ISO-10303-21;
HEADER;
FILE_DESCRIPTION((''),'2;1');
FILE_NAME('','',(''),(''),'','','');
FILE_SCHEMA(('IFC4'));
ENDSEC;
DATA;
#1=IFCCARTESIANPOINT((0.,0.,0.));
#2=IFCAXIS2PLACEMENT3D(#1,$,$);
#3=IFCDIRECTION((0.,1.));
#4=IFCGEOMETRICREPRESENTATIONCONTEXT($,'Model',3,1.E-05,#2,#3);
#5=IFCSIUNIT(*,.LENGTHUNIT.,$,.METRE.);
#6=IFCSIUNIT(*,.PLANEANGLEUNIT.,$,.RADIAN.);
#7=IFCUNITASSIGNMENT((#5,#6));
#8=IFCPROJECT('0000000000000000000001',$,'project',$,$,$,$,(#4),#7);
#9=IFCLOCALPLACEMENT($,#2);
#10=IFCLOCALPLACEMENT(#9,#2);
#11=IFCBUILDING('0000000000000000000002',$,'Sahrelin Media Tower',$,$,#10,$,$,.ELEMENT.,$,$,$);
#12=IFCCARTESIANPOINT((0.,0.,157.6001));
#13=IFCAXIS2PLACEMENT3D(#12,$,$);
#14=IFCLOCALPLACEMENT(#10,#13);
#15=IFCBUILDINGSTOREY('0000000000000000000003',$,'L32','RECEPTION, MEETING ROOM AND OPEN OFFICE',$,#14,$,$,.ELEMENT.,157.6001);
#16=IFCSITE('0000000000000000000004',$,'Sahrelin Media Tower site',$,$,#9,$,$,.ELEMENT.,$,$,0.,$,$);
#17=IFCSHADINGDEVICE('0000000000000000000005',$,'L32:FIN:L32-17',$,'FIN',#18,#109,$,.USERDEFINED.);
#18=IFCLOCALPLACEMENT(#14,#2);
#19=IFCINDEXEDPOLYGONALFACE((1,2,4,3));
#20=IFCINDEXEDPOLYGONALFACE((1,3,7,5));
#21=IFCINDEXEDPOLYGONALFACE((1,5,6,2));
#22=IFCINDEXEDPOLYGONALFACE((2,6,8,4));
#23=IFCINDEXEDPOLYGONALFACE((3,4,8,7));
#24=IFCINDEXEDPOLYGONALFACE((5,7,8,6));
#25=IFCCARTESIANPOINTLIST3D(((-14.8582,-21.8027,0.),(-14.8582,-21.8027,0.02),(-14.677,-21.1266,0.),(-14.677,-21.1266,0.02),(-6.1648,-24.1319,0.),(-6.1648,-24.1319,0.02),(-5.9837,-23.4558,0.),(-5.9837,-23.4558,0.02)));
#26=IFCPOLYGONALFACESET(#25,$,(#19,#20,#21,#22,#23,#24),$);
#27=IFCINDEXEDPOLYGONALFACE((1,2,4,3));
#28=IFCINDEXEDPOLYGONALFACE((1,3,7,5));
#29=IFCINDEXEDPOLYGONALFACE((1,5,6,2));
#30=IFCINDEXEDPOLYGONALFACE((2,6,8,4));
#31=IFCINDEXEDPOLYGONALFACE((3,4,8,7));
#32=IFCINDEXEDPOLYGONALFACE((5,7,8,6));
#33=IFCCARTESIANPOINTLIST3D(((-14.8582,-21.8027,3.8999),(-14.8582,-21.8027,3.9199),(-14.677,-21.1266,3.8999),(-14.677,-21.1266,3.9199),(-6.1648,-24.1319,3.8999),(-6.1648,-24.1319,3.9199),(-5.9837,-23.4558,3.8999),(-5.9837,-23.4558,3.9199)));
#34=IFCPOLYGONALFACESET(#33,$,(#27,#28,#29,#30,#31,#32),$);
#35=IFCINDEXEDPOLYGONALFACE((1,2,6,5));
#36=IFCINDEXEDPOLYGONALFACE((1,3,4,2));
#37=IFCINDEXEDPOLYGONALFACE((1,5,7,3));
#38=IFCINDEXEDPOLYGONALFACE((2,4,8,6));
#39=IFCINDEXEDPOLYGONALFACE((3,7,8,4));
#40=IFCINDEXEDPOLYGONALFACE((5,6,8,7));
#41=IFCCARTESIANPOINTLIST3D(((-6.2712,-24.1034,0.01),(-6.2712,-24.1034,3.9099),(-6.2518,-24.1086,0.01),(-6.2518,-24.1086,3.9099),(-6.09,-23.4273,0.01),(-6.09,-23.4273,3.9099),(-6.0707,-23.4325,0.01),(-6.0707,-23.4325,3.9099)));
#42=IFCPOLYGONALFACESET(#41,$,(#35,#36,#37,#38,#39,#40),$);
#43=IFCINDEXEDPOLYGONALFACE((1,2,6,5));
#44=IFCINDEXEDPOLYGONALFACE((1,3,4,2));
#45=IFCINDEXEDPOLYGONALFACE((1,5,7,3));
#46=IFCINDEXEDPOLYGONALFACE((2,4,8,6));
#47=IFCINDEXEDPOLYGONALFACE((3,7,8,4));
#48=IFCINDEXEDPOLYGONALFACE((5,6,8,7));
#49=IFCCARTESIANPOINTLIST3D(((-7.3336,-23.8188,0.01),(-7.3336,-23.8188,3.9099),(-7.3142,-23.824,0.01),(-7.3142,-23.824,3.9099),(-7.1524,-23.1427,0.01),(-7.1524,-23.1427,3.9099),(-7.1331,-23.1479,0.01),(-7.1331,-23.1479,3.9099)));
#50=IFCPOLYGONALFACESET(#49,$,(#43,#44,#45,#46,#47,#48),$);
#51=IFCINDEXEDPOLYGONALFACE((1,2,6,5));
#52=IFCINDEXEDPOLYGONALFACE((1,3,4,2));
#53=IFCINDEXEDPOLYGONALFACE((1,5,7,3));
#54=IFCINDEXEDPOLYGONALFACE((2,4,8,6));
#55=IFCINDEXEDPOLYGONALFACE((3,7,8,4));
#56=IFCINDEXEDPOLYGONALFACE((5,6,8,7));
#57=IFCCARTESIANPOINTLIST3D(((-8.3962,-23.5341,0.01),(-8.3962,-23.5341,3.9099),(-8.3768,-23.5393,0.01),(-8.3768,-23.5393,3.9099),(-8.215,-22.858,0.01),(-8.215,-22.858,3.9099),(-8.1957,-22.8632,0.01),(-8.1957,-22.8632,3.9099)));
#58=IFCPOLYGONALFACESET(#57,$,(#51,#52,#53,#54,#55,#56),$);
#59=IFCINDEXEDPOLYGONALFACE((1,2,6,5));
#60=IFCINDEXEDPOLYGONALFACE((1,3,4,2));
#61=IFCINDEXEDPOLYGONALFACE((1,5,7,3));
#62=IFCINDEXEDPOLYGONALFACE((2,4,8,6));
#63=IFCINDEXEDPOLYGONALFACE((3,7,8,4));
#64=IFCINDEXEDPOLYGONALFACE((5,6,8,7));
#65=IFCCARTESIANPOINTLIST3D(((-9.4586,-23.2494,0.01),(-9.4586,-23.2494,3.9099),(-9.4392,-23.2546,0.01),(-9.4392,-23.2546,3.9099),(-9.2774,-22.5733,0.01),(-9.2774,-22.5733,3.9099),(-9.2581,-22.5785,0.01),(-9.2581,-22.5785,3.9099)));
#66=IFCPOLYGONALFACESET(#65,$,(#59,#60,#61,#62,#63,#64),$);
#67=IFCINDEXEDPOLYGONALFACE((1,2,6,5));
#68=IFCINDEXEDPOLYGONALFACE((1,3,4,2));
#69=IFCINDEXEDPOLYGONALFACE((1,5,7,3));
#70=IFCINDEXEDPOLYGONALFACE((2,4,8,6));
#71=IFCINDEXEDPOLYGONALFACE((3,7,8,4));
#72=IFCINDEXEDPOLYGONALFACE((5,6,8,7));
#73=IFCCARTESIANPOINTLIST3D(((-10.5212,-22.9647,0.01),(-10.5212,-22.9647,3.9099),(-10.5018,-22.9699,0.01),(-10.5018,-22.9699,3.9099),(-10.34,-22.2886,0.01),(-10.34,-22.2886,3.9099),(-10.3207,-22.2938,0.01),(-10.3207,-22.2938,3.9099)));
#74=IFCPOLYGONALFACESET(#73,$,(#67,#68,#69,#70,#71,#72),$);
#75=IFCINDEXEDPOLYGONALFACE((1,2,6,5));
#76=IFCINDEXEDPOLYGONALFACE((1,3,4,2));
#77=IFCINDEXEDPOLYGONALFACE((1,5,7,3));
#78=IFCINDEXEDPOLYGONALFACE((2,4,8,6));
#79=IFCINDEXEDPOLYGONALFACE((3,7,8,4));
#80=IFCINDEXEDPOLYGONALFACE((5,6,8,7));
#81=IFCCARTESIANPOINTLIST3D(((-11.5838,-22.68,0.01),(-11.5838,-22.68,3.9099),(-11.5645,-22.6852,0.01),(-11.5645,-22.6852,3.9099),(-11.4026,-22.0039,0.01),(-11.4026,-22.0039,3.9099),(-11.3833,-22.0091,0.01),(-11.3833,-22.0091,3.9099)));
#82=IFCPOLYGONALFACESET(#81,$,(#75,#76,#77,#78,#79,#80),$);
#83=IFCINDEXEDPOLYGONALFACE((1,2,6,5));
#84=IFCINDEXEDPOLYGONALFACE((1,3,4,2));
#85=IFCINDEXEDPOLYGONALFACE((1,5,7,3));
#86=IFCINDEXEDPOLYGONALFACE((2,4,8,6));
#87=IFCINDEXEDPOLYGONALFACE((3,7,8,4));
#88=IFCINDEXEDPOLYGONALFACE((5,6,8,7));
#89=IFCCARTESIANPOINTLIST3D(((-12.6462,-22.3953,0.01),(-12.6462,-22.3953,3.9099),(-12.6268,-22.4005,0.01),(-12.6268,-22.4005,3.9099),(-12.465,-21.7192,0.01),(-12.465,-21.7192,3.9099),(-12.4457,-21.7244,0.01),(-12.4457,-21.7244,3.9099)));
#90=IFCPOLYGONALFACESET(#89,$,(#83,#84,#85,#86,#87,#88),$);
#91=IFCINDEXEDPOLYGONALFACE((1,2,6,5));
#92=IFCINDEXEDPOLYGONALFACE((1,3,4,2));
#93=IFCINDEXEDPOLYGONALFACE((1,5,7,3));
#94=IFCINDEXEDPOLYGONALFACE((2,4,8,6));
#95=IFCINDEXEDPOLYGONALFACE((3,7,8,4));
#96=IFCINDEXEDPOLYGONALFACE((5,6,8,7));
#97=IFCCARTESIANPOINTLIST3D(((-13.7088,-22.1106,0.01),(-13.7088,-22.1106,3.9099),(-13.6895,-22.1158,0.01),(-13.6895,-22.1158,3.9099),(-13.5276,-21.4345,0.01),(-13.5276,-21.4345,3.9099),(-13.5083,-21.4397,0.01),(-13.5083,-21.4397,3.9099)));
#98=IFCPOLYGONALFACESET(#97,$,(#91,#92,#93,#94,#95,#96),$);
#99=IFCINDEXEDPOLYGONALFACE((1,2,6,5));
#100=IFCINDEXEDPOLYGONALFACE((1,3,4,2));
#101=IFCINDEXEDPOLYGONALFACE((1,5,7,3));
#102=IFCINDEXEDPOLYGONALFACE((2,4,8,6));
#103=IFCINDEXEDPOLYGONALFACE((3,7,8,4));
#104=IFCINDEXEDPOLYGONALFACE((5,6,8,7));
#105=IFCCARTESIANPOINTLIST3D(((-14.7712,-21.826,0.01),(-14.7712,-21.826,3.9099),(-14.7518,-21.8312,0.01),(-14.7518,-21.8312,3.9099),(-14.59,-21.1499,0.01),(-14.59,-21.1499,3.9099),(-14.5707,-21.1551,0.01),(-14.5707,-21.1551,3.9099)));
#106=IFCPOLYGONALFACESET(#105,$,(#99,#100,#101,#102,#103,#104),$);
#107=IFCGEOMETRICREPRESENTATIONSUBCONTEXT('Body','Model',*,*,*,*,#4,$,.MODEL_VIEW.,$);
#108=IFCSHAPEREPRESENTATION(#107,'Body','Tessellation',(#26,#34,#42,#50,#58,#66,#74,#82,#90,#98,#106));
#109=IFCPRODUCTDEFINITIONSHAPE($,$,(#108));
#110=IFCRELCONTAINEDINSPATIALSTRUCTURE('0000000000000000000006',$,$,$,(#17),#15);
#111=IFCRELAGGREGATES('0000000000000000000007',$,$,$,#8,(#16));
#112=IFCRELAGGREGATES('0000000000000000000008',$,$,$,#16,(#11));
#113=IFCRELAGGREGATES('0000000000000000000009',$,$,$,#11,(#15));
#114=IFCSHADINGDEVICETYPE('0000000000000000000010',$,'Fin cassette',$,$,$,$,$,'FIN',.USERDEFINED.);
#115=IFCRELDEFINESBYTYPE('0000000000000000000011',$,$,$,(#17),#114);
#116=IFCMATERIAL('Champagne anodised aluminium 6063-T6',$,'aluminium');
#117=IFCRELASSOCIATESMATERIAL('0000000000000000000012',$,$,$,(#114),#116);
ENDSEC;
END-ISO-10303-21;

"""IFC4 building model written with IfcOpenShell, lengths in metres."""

from ifc_helpers import new_model, si_unit, direction, frame, origin, origin_2d, place, context, subcontext, project, spatial, rectangle, extrude, material, type_object, element, save


model = new_model("IFC4")

# Units and contexts
model_context = context("Model", 3, precision=1e-05, world=origin(), true_north=direction((0.0, 1.0)))
body_context = subcontext(model_context, "Body", "Model", "MODEL_VIEW")
ifc_project = project(units=[si_unit("LENGTHUNIT", "METRE"), si_unit("PLANEANGLEUNIT", "RADIAN")], contexts=[model_context])

# Site, building, storey
site_placement = place(None, origin())
site = spatial("IfcSite", under=ifc_project, at=site_placement, Name="Sahrelin Media Tower site", CompositionType="ELEMENT", RefElevation=0.0)
building_placement = place(site_placement, origin())
building = spatial("IfcBuilding", under=site, at=building_placement, Name="Sahrelin Media Tower", CompositionType="ELEMENT")
storey_placement = place(building_placement, frame((0.0, 0.0, 157.6001)))
storey = spatial("IfcBuildingStorey", under=building, at=storey_placement, Name="L32", Description="RECEPTION, MEETING ROOM AND OPEN OFFICE", CompositionType="ELEMENT", Elevation=157.6001)

# Shared definitions
ifc_material_1 = material(Name="Champagne anodised aluminium 6063-T6", Category="aluminium")

# Shading device
shading_device_type = type_object("IfcShadingDeviceType", Name="Fin cassette", ElementType="FIN", PredefinedType="USERDEFINED", material=ifc_material_1)
shading_device_placement = place(storey_placement, frame((-10.3123, -22.2236, 0.0), z_axis=(0.0, 0.0, 1.0), x_axis=(-0.965929, 0.258808, 0.0)))
element("IfcShadingDevice", 1, at=shading_device_placement, inside=storey, type_object=shading_device_type, Name="L32:FIN:L32-17", ObjectType="FIN", PredefinedType="USERDEFINED", context=body_context, shape_type="SweptSolid", body=[
    extrude(rectangle(XDim=9.0, YDim=0.7, at=origin_2d()), frame((0.0, 0.4199, 0.0)), (0.0, 0.0, 1.0), 0.02),
    extrude(rectangle(XDim=9.0, YDim=0.7, at=origin_2d()), frame((0.0, 0.4199, 3.8999)), (0.0, 0.0, 1.0), 0.02),
    extrude(rectangle(XDim=0.02, YDim=0.7, at=origin_2d()), frame((-4.3999, 0.4199, 0.01), z_axis=(0.0, 0.0, 1.0), x_axis=(1.0, 0.0, 0.0)), (0.0, 0.0, 1.0), 3.8999),
    extrude(rectangle(XDim=0.02, YDim=0.7, at=origin_2d()), frame((-3.3, 0.4199, 0.01), z_axis=(0.0, 0.0, 1.0), x_axis=(1.0, 0.0, 0.0)), (0.0, 0.0, 1.0), 3.8999),
    extrude(rectangle(XDim=0.02, YDim=0.7, at=origin_2d()), frame((-2.2, 0.4199, 0.01), z_axis=(0.0, 0.0, 1.0), x_axis=(1.0, 0.0, 0.0)), (0.0, 0.0, 1.0), 3.8999),
    extrude(rectangle(XDim=0.02, YDim=0.7, at=origin_2d()), frame((-1.1001, 0.4199, 0.01), z_axis=(0.0, 0.0, 1.0), x_axis=(1.0, 0.0, 0.0)), (0.0, 0.0, 1.0), 3.8999),
    extrude(rectangle(XDim=0.02, YDim=0.7, at=origin_2d()), frame((0.0, 0.4199, 0.01), z_axis=(0.0, 0.0, 1.0), x_axis=(1.0, 0.0, 0.0)), (0.0, 0.0, 1.0), 3.8999),
    extrude(rectangle(XDim=0.02, YDim=0.7, at=origin_2d()), frame((1.1001, 0.4199, 0.01), z_axis=(0.0, 0.0, 1.0), x_axis=(1.0, 0.0, 0.0)), (0.0, 0.0, 1.0), 3.8999),
    extrude(rectangle(XDim=0.02, YDim=0.7, at=origin_2d()), frame((2.2, 0.4199, 0.01), z_axis=(0.0, 0.0, 1.0), x_axis=(1.0, 0.0, 0.0)), (0.0, 0.0, 1.0), 3.8999),
    extrude(rectangle(XDim=0.02, YDim=0.7, at=origin_2d()), frame((3.3, 0.4199, 0.01), z_axis=(0.0, 0.0, 1.0), x_axis=(1.0, 0.0, 0.0)), (0.0, 0.0, 1.0), 3.8999),
    extrude(rectangle(XDim=0.02, YDim=0.7, at=origin_2d()), frame((4.3999, 0.4199, 0.01), z_axis=(0.0, 0.0, 1.0), x_axis=(1.0, 0.0, 0.0)), (0.0, 0.0, 1.0), 3.8999),
])

save(model, "model.ifc")
